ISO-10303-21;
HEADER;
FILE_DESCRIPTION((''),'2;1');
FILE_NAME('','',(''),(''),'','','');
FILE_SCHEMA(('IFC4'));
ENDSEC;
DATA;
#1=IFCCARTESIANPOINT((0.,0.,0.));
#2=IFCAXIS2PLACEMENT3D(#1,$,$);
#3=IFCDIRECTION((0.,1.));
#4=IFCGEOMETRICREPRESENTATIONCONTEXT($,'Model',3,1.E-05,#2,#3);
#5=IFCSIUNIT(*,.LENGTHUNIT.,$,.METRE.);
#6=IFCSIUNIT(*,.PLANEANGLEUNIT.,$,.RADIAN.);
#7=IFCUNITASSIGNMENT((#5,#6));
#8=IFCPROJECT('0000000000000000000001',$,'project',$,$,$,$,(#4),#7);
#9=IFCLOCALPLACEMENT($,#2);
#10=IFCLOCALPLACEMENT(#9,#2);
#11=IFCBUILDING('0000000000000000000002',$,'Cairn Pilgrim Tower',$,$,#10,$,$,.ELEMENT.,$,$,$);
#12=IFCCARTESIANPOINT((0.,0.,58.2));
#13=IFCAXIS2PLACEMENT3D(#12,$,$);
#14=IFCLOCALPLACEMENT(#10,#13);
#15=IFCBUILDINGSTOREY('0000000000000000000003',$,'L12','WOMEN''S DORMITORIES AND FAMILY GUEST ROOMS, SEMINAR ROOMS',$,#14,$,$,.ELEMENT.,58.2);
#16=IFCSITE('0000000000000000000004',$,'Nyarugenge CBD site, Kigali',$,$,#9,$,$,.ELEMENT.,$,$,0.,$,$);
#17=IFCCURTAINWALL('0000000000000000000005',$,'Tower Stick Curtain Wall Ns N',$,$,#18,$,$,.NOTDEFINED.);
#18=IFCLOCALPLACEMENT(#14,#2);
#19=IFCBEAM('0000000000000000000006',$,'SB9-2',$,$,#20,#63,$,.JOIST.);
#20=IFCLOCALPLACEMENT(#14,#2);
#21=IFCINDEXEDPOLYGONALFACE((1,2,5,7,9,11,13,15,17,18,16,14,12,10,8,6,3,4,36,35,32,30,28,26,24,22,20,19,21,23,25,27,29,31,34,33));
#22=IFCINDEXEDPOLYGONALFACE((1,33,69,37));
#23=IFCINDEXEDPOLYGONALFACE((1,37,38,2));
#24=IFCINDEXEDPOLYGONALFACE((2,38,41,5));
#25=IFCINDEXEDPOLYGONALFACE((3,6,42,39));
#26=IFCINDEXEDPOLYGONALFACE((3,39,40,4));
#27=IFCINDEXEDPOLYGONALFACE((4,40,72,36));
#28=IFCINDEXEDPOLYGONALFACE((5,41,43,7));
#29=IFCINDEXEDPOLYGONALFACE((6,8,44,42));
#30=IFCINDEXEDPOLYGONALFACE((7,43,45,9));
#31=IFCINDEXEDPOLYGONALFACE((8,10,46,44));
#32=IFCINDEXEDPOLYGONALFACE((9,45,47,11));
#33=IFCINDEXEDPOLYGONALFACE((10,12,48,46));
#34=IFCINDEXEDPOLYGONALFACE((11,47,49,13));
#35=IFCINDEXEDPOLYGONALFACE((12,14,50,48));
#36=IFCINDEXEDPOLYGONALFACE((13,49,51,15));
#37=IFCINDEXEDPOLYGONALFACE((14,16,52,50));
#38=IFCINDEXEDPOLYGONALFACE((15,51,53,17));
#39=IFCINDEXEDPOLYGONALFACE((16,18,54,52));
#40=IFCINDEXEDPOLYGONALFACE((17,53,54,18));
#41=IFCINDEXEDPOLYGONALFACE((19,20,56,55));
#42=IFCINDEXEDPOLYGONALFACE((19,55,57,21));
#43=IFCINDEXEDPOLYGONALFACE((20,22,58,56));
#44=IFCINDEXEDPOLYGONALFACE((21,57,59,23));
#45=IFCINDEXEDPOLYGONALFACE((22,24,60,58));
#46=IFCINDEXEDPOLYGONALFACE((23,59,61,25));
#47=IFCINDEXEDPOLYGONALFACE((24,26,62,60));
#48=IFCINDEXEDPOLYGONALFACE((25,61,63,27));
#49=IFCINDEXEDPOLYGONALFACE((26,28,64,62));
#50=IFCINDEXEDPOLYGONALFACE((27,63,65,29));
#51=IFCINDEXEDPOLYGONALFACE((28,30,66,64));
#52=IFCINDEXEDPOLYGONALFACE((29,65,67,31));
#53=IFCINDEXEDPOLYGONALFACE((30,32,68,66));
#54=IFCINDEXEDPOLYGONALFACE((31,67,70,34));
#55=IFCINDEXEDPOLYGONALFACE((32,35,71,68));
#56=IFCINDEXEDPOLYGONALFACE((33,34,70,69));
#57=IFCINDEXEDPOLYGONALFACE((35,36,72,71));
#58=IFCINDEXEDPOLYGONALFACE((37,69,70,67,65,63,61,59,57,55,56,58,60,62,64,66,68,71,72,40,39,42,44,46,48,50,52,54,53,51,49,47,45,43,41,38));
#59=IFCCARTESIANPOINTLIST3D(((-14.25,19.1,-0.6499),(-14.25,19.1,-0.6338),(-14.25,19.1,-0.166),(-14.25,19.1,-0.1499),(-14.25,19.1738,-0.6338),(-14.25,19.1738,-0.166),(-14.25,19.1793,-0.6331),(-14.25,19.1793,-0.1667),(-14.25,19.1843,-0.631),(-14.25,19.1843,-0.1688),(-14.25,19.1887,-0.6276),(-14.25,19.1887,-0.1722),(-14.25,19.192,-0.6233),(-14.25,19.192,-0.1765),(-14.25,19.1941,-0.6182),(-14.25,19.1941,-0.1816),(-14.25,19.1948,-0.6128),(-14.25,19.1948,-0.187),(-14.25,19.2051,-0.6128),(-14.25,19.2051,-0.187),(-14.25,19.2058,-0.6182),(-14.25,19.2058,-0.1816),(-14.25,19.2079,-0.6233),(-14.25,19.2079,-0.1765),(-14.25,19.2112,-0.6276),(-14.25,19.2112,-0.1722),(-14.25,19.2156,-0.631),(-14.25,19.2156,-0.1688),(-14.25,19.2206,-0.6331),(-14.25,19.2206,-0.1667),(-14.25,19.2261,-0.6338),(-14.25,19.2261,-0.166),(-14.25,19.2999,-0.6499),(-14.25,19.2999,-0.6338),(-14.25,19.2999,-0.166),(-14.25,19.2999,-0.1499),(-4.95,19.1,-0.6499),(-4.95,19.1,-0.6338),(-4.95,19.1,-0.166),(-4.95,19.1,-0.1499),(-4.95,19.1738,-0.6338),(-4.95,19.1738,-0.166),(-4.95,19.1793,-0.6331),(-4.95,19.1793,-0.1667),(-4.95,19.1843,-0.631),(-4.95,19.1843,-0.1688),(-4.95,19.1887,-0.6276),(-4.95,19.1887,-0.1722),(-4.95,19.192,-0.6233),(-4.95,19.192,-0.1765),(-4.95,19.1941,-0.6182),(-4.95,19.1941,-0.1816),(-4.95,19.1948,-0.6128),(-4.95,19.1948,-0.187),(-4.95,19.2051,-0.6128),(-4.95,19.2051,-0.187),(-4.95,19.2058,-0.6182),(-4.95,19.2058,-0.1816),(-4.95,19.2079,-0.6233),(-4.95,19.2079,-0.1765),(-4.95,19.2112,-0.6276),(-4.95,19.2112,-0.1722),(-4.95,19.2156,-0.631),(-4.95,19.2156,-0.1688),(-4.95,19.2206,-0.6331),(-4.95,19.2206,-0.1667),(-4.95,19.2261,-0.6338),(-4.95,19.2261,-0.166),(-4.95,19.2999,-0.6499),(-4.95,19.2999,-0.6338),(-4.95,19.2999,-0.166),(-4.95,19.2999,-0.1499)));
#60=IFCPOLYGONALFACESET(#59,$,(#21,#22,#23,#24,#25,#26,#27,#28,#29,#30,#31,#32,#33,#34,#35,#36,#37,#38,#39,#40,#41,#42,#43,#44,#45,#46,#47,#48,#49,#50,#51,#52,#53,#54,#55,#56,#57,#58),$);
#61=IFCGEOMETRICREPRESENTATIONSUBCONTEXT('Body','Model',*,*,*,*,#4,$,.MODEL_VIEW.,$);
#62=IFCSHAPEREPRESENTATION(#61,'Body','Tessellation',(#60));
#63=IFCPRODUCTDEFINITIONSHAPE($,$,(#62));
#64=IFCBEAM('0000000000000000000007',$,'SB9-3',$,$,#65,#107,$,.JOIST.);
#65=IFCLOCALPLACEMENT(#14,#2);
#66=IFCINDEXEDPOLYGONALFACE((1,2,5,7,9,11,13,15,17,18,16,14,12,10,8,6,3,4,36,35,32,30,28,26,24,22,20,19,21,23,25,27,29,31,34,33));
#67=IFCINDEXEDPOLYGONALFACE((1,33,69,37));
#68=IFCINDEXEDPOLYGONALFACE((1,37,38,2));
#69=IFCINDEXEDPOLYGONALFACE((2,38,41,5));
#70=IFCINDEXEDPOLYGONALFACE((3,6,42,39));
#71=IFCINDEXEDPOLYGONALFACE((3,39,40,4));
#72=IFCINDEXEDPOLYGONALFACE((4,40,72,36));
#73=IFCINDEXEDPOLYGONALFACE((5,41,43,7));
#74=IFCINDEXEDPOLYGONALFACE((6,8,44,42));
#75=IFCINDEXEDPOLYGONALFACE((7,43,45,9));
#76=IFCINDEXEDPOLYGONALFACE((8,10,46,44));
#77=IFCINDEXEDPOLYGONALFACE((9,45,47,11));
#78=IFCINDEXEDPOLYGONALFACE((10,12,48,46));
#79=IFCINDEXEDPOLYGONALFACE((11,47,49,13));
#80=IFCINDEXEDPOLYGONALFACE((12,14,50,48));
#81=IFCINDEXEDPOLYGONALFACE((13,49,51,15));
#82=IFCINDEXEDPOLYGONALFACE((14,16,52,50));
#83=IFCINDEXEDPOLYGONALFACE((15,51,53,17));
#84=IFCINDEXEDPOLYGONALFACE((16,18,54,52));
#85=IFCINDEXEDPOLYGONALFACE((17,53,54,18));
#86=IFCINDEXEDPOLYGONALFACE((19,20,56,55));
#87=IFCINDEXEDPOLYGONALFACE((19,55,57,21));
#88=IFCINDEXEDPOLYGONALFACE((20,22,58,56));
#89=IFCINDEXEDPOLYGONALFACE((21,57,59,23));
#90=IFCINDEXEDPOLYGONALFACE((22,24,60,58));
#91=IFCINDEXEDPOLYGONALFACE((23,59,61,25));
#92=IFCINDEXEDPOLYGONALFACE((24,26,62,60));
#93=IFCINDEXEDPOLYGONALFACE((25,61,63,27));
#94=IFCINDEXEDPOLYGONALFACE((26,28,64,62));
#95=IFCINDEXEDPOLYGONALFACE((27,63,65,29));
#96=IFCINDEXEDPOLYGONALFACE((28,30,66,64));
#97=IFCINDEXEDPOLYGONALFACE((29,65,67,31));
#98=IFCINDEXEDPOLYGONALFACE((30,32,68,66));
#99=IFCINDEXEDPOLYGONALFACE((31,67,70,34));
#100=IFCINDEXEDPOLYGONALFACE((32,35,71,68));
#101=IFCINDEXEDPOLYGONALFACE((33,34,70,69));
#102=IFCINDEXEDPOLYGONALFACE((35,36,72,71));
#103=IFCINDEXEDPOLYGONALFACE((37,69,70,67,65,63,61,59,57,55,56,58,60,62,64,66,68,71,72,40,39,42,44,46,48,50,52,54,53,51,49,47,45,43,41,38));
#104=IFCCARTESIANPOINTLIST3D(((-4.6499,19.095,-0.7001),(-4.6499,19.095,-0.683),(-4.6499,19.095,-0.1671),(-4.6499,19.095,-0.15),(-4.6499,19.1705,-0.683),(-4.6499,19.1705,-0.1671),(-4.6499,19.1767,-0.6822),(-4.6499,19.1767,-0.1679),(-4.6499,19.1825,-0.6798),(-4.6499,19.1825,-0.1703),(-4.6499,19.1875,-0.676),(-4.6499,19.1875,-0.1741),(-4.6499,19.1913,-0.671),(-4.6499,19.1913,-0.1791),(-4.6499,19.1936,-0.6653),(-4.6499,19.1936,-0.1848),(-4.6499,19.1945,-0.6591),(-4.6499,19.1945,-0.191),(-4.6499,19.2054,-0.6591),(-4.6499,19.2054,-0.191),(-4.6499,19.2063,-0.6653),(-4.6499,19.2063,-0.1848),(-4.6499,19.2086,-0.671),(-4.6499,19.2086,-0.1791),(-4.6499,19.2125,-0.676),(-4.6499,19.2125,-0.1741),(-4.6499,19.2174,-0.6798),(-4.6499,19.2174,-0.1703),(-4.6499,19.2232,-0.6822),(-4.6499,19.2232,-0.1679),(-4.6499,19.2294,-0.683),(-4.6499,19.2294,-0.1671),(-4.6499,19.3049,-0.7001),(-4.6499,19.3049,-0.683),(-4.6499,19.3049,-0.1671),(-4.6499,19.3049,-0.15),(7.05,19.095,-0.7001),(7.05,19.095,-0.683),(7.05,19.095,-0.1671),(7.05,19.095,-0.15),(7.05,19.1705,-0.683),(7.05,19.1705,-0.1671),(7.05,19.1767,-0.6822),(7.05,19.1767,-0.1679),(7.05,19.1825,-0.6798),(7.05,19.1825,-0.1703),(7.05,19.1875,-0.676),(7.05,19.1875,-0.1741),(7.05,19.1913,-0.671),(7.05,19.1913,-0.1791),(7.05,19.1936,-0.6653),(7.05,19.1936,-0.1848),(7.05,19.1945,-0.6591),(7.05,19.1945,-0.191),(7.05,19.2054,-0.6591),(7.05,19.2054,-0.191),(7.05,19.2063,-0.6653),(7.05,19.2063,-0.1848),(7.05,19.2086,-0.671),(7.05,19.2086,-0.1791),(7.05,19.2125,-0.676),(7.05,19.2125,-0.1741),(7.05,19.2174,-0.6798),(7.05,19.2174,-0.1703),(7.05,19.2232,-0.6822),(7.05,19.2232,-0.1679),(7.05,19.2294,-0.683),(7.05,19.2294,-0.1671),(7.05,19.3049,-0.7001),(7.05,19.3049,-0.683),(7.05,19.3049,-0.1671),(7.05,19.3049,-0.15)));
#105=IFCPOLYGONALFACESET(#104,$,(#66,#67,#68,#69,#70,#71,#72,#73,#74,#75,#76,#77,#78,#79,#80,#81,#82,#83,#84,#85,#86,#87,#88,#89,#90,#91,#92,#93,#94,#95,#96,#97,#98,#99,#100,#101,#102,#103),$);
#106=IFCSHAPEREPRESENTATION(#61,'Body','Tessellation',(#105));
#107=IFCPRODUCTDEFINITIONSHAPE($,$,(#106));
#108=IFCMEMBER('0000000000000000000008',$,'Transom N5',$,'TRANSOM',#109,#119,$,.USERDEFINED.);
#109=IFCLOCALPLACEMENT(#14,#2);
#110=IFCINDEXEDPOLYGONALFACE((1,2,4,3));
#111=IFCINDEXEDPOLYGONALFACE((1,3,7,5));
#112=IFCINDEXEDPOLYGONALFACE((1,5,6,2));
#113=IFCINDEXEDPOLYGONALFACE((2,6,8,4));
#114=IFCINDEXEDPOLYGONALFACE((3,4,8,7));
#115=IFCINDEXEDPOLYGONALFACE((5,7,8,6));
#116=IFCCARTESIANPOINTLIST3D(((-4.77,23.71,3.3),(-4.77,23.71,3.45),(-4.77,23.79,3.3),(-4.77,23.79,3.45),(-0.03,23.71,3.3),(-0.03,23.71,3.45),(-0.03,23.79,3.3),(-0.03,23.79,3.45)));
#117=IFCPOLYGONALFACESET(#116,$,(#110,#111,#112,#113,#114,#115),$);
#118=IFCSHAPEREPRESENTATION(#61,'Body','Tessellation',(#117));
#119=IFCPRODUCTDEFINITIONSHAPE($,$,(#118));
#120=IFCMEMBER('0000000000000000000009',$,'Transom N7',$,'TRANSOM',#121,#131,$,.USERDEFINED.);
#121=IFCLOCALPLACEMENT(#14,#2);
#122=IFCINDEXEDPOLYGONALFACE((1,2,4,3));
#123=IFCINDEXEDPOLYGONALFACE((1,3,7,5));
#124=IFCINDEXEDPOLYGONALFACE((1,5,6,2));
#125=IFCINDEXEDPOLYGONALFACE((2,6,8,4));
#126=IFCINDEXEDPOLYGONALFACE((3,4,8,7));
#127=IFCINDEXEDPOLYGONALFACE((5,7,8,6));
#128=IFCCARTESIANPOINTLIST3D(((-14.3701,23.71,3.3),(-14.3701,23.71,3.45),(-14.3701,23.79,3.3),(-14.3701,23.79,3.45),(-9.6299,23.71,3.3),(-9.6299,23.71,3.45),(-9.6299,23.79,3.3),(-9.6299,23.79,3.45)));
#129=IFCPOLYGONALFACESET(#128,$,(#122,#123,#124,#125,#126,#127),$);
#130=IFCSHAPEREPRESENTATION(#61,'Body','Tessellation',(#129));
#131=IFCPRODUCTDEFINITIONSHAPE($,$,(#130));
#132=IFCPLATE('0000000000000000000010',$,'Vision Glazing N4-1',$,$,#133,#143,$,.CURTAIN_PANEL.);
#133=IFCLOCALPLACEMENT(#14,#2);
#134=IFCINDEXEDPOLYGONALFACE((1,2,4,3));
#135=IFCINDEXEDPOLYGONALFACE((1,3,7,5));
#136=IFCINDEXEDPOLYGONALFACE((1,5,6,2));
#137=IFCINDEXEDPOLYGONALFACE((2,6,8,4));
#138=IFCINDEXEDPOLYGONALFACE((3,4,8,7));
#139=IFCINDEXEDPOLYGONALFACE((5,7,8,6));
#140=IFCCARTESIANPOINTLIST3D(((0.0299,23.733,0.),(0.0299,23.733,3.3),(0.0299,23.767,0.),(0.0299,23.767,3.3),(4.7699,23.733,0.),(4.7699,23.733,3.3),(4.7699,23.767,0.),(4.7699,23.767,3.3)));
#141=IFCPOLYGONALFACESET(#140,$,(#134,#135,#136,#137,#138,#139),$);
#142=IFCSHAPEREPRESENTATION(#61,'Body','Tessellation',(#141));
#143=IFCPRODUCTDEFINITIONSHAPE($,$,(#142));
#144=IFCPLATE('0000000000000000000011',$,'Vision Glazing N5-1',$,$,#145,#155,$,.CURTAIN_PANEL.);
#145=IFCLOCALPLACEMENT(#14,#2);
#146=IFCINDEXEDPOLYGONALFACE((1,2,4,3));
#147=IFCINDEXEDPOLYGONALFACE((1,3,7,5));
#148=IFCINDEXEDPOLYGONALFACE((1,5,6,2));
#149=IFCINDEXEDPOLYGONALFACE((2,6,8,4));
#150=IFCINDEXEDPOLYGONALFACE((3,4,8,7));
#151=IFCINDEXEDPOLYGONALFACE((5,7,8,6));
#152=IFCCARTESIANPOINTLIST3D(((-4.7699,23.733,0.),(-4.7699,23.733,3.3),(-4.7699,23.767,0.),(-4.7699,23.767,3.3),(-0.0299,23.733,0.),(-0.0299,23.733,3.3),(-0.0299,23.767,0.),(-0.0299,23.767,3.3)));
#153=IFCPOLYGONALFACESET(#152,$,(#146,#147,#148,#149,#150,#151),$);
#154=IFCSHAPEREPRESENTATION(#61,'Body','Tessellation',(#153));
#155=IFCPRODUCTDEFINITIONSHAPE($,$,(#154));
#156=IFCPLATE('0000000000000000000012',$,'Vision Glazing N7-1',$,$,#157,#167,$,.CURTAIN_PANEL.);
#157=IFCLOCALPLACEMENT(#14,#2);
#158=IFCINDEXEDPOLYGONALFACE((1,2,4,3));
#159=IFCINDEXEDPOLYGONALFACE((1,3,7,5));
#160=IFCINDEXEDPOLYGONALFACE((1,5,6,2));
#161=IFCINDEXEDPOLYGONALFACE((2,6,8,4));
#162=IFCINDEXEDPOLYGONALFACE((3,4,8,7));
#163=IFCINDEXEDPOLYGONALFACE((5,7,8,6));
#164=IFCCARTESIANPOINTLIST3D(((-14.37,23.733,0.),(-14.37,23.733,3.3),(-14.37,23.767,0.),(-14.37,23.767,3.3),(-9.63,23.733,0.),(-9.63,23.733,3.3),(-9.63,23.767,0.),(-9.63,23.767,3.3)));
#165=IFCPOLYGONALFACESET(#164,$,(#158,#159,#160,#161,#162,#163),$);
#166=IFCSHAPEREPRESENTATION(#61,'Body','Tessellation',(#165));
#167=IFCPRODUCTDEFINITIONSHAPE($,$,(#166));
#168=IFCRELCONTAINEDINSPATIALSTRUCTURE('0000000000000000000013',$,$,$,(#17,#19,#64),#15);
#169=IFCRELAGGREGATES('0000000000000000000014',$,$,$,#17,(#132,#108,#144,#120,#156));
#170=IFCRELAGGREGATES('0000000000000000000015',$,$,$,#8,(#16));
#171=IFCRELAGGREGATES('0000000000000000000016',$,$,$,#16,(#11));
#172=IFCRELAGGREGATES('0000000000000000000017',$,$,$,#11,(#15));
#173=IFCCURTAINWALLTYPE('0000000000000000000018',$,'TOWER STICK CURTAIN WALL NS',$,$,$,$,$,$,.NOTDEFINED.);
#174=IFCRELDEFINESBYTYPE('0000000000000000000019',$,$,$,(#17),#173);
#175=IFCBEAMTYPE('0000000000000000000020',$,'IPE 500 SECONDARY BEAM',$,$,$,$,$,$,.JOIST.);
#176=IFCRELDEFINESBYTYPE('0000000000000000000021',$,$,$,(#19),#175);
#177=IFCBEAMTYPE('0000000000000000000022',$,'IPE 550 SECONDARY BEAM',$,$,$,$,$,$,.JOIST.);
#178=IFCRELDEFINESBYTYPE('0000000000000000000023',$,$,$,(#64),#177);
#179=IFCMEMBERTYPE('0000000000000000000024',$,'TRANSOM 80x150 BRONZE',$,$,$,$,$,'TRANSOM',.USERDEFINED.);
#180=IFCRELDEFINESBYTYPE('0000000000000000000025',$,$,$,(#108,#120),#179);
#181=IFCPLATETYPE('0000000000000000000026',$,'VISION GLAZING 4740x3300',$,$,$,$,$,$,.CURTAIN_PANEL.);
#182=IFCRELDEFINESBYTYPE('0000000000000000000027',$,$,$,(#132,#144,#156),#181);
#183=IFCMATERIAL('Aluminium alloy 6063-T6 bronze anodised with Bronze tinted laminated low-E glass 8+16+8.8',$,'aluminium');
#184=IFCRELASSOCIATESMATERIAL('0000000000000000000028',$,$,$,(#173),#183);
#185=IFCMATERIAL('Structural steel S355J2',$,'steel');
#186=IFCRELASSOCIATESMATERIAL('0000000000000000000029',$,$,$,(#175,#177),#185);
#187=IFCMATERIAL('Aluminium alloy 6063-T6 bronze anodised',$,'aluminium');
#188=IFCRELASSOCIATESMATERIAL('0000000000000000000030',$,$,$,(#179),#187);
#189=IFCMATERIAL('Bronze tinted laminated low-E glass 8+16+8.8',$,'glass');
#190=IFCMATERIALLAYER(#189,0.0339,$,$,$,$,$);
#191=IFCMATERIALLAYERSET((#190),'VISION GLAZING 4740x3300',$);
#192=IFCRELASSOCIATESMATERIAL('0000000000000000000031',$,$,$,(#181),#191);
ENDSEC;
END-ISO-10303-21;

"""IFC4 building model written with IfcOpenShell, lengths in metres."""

from ifc_helpers import new_model, si_unit, direction, frame, origin, origin_2d, place, context, subcontext, project, spatial, rectangle, i_section, extrude, material, layer, layer_set, material_profile, profile_set, type_object, element, aggregate, save


model = new_model("IFC4")

# Units and contexts
model_context = context("Model", 3, precision=1e-05, world=origin(), true_north=direction((0.0, 1.0)))
body_context = subcontext(model_context, "Body", "Model", "MODEL_VIEW")
ifc_project = project(units=[si_unit("LENGTHUNIT", "METRE"), si_unit("PLANEANGLEUNIT", "RADIAN")], contexts=[model_context])

# Site, building, storey
site_placement = place(None, origin())
site = spatial("IfcSite", under=ifc_project, at=site_placement, Name="Nyarugenge CBD site, Kigali", CompositionType="ELEMENT", RefElevation=0.0)
building_placement = place(site_placement, origin())
building = spatial("IfcBuilding", under=site, at=building_placement, Name="Cairn Pilgrim Tower", CompositionType="ELEMENT")
storey_placement = place(building_placement, frame((0.0, 0.0, 58.2)))
storey = spatial("IfcBuildingStorey", under=building, at=storey_placement, Name="L12", Description="WOMEN'S DORMITORIES AND FAMILY GUEST ROOMS, SEMINAR ROOMS", CompositionType="ELEMENT", Elevation=58.2)

# Curtain wall
ifc_material_1 = material(Name="Aluminium alloy 6063-T6 bronze anodised with Bronze tinted laminated low-E glass 8+16+8.8", Category="aluminium")
curtain_wall_type = type_object("IfcCurtainWallType", Name="TOWER STICK CURTAIN WALL NS", PredefinedType="NOTDEFINED", material=ifc_material_1)
curtain_wall_placement = place(storey_placement, origin())
curtain_wall = element("IfcCurtainWall", 1, at=curtain_wall_placement, inside=storey, type_object=curtain_wall_type, Name="Tower Stick Curtain Wall Ns N", PredefinedType="NOTDEFINED")
ifc_material_2 = material(Name="Aluminium alloy 6063-T6 bronze anodised", Category="aluminium")

# Beams
ifc_material_3 = material(Name="Structural steel S355J2", Category="steel")
ifc_material_profile_1 = material_profile(ifc_material_3, i_section(OverallWidth=0.2, OverallDepth=0.5, WebThickness=0.0103, FlangeThickness=0.0161, FilletRadius=0.021, at=origin_2d()), Name="IPE 500")
ifc_profile_set_1 = profile_set([ifc_material_profile_1], Name="Structural steel S355J2")
beam_type_1 = type_object("IfcBeamType", Name="IPE 500 SECONDARY BEAM", PredefinedType="JOIST", material=ifc_profile_set_1)
for number, where, z_axis, x_axis, name in (
    (2, (-14.25, 19.2, -0.3999), (1.0, 0.0, 0.0), (0.0, 1.0, 0.0), "SB9-2"),
):
    element("IfcBeam", number, at=place(storey_placement, frame(where, z_axis=z_axis, x_axis=x_axis)), inside=storey, type_object=beam_type_1, Name=name, PredefinedType="JOIST", context=body_context, shape_type="SweptSolid", body=[
        extrude(i_section(OverallWidth=0.2, OverallDepth=0.5, WebThickness=0.0103, FlangeThickness=0.0161, FilletRadius=0.021, at=origin_2d()), origin(), (0.0, 0.0, 1.0), 9.3),
    ])
ifc_material_profile_2 = material_profile(ifc_material_3, i_section(OverallWidth=0.21, OverallDepth=0.55, WebThickness=0.011, FlangeThickness=0.0171, FilletRadius=0.0239, at=origin_2d()), Name="IPE 550")
ifc_profile_set_2 = profile_set([ifc_material_profile_2], Name="Structural steel S355J2")
beam_type_2 = type_object("IfcBeamType", Name="IPE 550 SECONDARY BEAM", PredefinedType="JOIST", material=ifc_profile_set_2)
beam_1_placement = place(storey_placement, frame((-4.6499, 19.2, -0.425), z_axis=(1.0, 0.0, 0.0), x_axis=(0.0, 1.0, 0.0)))
element("IfcBeam", 3, at=beam_1_placement, inside=storey, type_object=beam_type_2, Name="SB9-3", PredefinedType="JOIST", context=body_context, shape_type="SweptSolid", body=[
    extrude(i_section(OverallWidth=0.21, OverallDepth=0.55, WebThickness=0.011, FlangeThickness=0.0171, FilletRadius=0.0239, at=origin_2d()), origin(), (0.0, 0.0, 1.0), 11.7),
])

# Members
ifc_material_profile_3 = material_profile(ifc_material_2, rectangle(XDim=0.0801, YDim=0.1499, at=origin_2d()), Name="TRANSOM 80x150 BRONZE")
ifc_profile_set_3 = profile_set([ifc_material_profile_3], Name="Aluminium alloy 6063-T6 bronze anodised")
member_type_1 = type_object("IfcMemberType", Name="TRANSOM 80x150 BRONZE", ElementType="TRANSOM", PredefinedType="USERDEFINED", material=ifc_profile_set_3)
member_1_placement = place(storey_placement, frame((-0.03, 23.75, 3.375), z_axis=(-1.0, 0.0, 0.0), x_axis=(0.0, -1.0, 0.0)))
member_1 = element("IfcMember", 4, at=member_1_placement, type_object=member_type_1, Name="Transom N5", ObjectType="TRANSOM", PredefinedType="USERDEFINED", context=body_context, shape_type="SweptSolid", body=[
    extrude(rectangle(XDim=0.0801, YDim=0.1499, at=origin_2d()), origin(), (0.0, 0.0, 1.0), 4.74),
])
member_2_placement = place(storey_placement, frame((-9.6299, 23.75, 3.375), z_axis=(-1.0, 0.0, 0.0), x_axis=(0.0, -1.0, 0.0)))
member_2 = element("IfcMember", 5, at=member_2_placement, type_object=member_type_1, Name="Transom N7", ObjectType="TRANSOM", PredefinedType="USERDEFINED", context=body_context, shape_type="SweptSolid", body=[
    extrude(rectangle(XDim=0.0801, YDim=0.1499, at=origin_2d()), origin(), (0.0, 0.0, 1.0), 4.7402),
])

# Plates
ifc_material_4 = material(Name="Bronze tinted laminated low-E glass 8+16+8.8", Category="glass")
ifc_layer_1 = layer(ifc_material_4, 0.0339)
ifc_layer_set_1 = layer_set([ifc_layer_1], Name="VISION GLAZING 4740x3300")
plate_type = type_object("IfcPlateType", Name="VISION GLAZING 4740x3300", PredefinedType="CURTAIN_PANEL", material=ifc_layer_set_1)
plate_1_placement = place(storey_placement, frame((2.3999, 23.75, 0.0), z_axis=(0.0, 0.0, 1.0), x_axis=(-1.0, 0.0, 0.0)))
plate_1 = element("IfcPlate", 6, at=plate_1_placement, type_object=plate_type, Name="Vision Glazing N4-1", PredefinedType="CURTAIN_PANEL", context=body_context, shape_type="SweptSolid", body=[
    extrude(rectangle(XDim=4.74, YDim=0.0339, at=origin_2d()), origin(), (0.0, 0.0, 1.0), 3.3),
])
plate_2_placement = place(storey_placement, frame((-2.3999, 23.75, 0.0), z_axis=(0.0, 0.0, 1.0), x_axis=(-1.0, 0.0, 0.0)))
plate_2 = element("IfcPlate", 7, at=plate_2_placement, type_object=plate_type, Name="Vision Glazing N5-1", PredefinedType="CURTAIN_PANEL", context=body_context, shape_type="SweptSolid", body=[
    extrude(rectangle(XDim=4.74, YDim=0.0339, at=origin_2d()), origin(), (0.0, 0.0, 1.0), 3.3),
])
plate_3_placement = place(storey_placement, frame((-12.0, 23.75, 0.0), z_axis=(0.0, 0.0, 1.0), x_axis=(-1.0, 0.0, 0.0)))
plate_3 = element("IfcPlate", 8, at=plate_3_placement, type_object=plate_type, Name="Vision Glazing N7-1", PredefinedType="CURTAIN_PANEL", context=body_context, shape_type="SweptSolid", body=[
    extrude(rectangle(XDim=4.74, YDim=0.0339, at=origin_2d()), origin(), (0.0, 0.0, 1.0), 3.3),
])
aggregate(curtain_wall, [plate_1, member_1, plate_2, member_2, plate_3])

save(model, "model.ifc")
